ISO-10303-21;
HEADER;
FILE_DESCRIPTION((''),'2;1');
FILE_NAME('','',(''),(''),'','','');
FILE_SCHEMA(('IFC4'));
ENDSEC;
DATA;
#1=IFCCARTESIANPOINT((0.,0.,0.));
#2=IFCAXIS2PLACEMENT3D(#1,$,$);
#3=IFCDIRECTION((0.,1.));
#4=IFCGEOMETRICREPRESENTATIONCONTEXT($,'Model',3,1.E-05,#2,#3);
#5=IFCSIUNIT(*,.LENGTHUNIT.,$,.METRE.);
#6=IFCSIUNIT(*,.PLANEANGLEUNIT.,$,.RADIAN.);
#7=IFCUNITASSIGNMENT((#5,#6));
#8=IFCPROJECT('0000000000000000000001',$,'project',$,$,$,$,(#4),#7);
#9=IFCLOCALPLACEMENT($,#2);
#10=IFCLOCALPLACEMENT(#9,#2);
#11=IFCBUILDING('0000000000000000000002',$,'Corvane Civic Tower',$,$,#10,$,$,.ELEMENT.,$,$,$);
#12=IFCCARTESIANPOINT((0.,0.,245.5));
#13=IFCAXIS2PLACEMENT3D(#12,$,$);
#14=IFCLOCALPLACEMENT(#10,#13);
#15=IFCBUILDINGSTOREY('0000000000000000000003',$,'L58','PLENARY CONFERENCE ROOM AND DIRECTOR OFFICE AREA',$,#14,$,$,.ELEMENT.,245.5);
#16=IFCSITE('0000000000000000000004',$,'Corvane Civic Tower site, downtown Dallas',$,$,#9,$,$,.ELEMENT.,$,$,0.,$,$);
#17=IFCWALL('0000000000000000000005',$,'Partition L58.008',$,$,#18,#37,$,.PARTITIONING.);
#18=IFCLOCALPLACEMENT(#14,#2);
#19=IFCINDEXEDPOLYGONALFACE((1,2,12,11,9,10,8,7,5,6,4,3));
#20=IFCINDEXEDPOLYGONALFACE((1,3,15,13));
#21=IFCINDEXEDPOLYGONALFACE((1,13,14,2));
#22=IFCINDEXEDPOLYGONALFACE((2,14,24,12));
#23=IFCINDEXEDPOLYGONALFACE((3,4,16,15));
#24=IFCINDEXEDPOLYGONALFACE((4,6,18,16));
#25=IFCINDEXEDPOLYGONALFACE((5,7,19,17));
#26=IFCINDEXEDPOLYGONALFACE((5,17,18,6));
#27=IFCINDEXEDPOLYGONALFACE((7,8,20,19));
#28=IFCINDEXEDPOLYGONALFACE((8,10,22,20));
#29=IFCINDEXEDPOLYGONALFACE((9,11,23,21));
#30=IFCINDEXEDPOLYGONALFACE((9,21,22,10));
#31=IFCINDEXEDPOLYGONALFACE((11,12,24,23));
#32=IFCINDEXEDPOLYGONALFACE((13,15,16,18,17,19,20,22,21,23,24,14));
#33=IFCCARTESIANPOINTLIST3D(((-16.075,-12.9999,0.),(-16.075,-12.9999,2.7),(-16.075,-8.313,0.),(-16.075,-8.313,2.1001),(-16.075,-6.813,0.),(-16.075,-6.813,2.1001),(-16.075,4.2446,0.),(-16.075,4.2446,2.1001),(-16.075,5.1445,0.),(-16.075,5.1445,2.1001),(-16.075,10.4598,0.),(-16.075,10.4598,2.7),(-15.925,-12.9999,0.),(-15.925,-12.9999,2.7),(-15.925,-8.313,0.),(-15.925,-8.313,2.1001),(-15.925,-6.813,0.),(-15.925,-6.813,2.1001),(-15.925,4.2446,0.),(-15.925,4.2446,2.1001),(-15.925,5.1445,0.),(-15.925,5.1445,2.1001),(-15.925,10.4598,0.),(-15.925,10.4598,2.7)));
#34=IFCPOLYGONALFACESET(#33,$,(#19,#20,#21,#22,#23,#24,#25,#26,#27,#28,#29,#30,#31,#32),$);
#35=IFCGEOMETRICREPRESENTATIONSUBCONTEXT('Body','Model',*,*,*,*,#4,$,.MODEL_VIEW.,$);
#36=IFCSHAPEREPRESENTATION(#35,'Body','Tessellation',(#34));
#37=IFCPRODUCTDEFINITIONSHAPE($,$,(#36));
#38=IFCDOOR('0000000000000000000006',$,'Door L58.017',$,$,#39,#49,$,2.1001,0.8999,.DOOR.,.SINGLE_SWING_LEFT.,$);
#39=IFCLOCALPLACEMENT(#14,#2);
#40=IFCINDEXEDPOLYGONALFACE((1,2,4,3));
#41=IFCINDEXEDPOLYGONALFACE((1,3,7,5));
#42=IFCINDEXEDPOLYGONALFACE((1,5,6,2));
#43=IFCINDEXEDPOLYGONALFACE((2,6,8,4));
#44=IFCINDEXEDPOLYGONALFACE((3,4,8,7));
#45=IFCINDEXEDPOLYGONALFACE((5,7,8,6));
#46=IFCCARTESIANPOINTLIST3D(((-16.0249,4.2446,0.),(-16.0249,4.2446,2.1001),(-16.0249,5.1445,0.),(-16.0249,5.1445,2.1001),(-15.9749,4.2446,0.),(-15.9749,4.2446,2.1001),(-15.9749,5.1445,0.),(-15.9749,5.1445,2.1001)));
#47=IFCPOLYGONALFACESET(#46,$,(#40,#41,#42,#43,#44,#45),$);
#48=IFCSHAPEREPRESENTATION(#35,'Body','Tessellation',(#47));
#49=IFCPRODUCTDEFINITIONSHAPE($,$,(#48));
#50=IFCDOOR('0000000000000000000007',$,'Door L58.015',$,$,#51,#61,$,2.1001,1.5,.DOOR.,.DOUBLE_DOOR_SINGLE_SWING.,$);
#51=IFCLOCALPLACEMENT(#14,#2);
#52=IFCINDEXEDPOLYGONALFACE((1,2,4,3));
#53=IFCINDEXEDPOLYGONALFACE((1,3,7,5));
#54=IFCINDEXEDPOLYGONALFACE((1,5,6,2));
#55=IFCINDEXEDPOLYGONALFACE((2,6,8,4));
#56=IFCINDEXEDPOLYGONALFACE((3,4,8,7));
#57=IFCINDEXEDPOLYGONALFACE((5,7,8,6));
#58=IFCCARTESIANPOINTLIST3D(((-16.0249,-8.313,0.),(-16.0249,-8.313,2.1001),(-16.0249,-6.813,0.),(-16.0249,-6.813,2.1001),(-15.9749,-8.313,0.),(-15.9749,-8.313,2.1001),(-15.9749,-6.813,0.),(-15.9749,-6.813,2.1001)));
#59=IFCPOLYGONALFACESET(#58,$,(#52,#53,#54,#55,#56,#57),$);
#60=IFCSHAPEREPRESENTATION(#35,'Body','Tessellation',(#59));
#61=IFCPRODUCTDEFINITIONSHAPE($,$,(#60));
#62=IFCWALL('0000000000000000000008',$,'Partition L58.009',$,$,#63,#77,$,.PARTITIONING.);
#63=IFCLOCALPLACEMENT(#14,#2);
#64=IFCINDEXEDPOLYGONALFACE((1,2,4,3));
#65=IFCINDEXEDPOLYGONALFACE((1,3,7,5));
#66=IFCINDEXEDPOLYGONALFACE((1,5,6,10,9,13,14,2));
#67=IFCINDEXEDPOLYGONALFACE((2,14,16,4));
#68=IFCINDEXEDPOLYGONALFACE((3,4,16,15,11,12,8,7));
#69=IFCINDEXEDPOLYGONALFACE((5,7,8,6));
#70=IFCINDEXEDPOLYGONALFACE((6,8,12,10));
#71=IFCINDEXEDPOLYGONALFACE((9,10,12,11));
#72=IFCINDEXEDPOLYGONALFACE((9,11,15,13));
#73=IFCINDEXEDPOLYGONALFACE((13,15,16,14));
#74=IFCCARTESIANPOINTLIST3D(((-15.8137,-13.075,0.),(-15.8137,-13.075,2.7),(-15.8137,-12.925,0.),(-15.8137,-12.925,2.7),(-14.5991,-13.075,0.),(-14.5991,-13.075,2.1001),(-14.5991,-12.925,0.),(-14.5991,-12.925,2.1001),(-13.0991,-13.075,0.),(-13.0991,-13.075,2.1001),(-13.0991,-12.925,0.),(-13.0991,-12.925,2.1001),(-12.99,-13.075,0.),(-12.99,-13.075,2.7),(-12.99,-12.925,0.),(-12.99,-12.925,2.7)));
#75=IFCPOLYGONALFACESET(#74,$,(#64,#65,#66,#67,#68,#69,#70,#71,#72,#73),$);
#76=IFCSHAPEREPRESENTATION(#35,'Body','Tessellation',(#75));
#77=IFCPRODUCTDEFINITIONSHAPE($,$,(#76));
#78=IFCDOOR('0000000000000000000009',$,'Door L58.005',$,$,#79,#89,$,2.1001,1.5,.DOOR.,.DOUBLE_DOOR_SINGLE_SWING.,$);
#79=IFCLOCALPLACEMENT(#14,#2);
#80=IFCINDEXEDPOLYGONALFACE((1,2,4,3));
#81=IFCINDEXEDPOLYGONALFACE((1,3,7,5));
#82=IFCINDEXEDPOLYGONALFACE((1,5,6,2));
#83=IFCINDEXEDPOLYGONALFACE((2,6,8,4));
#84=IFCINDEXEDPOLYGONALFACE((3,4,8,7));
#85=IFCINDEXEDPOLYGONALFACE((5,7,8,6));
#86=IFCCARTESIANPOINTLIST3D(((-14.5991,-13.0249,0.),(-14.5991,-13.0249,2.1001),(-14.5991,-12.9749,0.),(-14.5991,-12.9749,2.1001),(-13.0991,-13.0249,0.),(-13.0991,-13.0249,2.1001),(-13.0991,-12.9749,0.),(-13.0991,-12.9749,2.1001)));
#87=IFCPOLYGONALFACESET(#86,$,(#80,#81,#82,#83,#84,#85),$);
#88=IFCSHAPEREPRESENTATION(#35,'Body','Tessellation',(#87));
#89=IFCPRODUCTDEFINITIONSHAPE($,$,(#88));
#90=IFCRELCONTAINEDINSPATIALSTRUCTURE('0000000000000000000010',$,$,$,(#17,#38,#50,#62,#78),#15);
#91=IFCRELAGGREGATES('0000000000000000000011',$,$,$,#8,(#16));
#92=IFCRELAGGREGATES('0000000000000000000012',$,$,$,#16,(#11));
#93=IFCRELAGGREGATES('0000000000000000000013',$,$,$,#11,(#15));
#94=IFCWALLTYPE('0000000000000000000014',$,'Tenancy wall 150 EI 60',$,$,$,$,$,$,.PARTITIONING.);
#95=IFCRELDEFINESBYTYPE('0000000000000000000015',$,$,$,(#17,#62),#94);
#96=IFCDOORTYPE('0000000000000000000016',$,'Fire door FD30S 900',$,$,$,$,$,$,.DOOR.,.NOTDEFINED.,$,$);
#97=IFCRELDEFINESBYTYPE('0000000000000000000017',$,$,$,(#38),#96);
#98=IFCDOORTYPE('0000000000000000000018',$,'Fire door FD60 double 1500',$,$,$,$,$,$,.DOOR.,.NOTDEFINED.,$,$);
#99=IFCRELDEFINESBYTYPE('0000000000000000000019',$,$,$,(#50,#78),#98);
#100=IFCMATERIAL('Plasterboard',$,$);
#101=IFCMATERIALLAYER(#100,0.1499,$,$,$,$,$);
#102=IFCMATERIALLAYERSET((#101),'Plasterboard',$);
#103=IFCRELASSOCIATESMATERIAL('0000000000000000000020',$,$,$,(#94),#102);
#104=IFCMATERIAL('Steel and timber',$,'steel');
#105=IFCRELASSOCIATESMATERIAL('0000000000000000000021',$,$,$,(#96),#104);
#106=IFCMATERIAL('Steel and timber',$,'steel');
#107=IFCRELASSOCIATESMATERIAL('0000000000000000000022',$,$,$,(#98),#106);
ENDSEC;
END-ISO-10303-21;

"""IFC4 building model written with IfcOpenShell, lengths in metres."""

from ifc_helpers import new_model, si_unit, direction, frame, frame_2d, origin, place, context, subcontext, project, spatial, rectangle, extrude, material, layer, layer_set, type_object, element, fill, save


model = new_model("IFC4")

# Units and contexts
model_context = context("Model", 3, precision=1e-05, world=origin(), true_north=direction((0.0, 1.0)))
body_context = subcontext(model_context, "Body", "Model", "MODEL_VIEW")
ifc_project = project(units=[si_unit("LENGTHUNIT", "METRE"), si_unit("PLANEANGLEUNIT", "RADIAN")], contexts=[model_context])

# Site, building, storey
site_placement = place(None, origin())
site = spatial("IfcSite", under=ifc_project, at=site_placement, Name="Corvane Civic Tower site, downtown Dallas", CompositionType="ELEMENT", RefElevation=0.0)
building_placement = place(site_placement, origin())
building = spatial("IfcBuilding", under=site, at=building_placement, Name="Corvane Civic Tower", CompositionType="ELEMENT")
storey_placement = place(building_placement, frame((0.0, 0.0, 245.5)))
storey = spatial("IfcBuildingStorey", under=building, at=storey_placement, Name="L58", Description="PLENARY CONFERENCE ROOM AND DIRECTOR OFFICE AREA", CompositionType="ELEMENT", Elevation=245.5)

# Wall, openings, doors
ifc_material_1 = material(Name="Plasterboard")
ifc_layer_1 = layer(ifc_material_1, 0.1499)
ifc_layer_set_1 = layer_set([ifc_layer_1], Name="Plasterboard")
wall_type_1 = type_object("IfcWallType", Name="Tenancy wall 150 EI 60", PredefinedType="PARTITIONING", material=ifc_layer_set_1)
wall_1_placement = place(storey_placement, frame((-16.0, -13.0, 0.0), z_axis=(0.0, 0.0, 1.0), x_axis=(0.0, 1.0, 0.0)))
wall_1 = element("IfcWall", 1, at=wall_1_placement, inside=storey, type_object=wall_type_1, Name="Partition L58.008", PredefinedType="PARTITIONING", context=body_context, shape_type="SweptSolid", body=[
    extrude(rectangle(XDim=23.4597, YDim=0.1499, at=frame_2d((11.73, 0.0))), origin(), (0.0, 0.0, 1.0), 2.7),
])
opening_1_placement = place(wall_1_placement, frame((4.687, 0.0, 0.0)))
opening_1 = element("IfcOpeningElement", 2, at=opening_1_placement, cuts=wall_1, PredefinedType="OPENING", context=body_context, shape_type="SweptSolid", body=[
    extrude(rectangle(XDim=1.5, YDim=2.1001, at=frame_2d((0.75, 1.05))), frame((0.0, 0.085, 0.0), z_axis=(0.0, -1.0, 0.0), x_axis=(1.0, 0.0, 0.0)), (0.0, 0.0, 1.0), 0.1699),
])
opening_2_placement = place(wall_1_placement, frame((17.2446, 0.0, 0.0)))
opening_2 = element("IfcOpeningElement", 3, at=opening_2_placement, cuts=wall_1, PredefinedType="OPENING", context=body_context, shape_type="SweptSolid", body=[
    extrude(rectangle(XDim=0.8999, YDim=2.1001, at=frame_2d((0.45, 1.05))), frame((0.0, 0.085, 0.0), z_axis=(0.0, -1.0, 0.0), x_axis=(1.0, 0.0, 0.0)), (0.0, 0.0, 1.0), 0.1699),
])
ifc_material_2 = material(Name="Steel and timber", Category="steel")
door_type_1 = type_object("IfcDoorType", Name="Fire door FD30S 900", OperationType="NOTDEFINED", PredefinedType="DOOR", material=ifc_material_2)
door_1_placement = place(opening_2_placement, origin())
door_1 = element("IfcDoor", 4, at=door_1_placement, inside=storey, type_object=door_type_1, Name="Door L58.017", OperationType="SINGLE_SWING_LEFT", OverallHeight=2.1001, OverallWidth=0.8999, PredefinedType="DOOR", context=body_context, shape_type="SweptSolid", body=[
    extrude(rectangle(XDim=0.8999, YDim=2.1001, at=frame_2d((0.45, 1.05))), frame((0.0, 0.0249, 0.0), z_axis=(0.0, -1.0, 0.0), x_axis=(1.0, 0.0, 0.0)), (0.0, 0.0, 1.0), 0.05),
])
fill(opening_2, door_1)
ifc_material_3 = material(Name="Steel and timber", Category="steel")
door_type_2 = type_object("IfcDoorType", Name="Fire door FD60 double 1500", OperationType="NOTDEFINED", PredefinedType="DOOR", material=ifc_material_3)
door_2_placement = place(opening_1_placement, origin())
door_2 = element("IfcDoor", 5, at=door_2_placement, inside=storey, type_object=door_type_2, Name="Door L58.015", OperationType="DOUBLE_DOOR_SINGLE_SWING", OverallHeight=2.1001, OverallWidth=1.5, PredefinedType="DOOR", context=body_context, shape_type="SweptSolid", body=[
    extrude(rectangle(XDim=1.5, YDim=2.1001, at=frame_2d((0.75, 1.05))), frame((0.0, 0.0249, 0.0), z_axis=(0.0, -1.0, 0.0), x_axis=(1.0, 0.0, 0.0)), (0.0, 0.0, 1.0), 0.05),
])
fill(opening_1, door_2)

# Wall, opening, door
wall_2_placement = place(storey_placement, frame((-15.8137, -13.0, 0.0), z_axis=(0.0, 0.0, 1.0), x_axis=(1.0, 0.0, 0.0)))
wall_2 = element("IfcWall", 6, at=wall_2_placement, inside=storey, type_object=wall_type_1, Name="Partition L58.009", PredefinedType="PARTITIONING", context=body_context, shape_type="SweptSolid", body=[
    extrude(rectangle(XDim=2.8237, YDim=0.1499, at=frame_2d((1.4119, 0.0))), origin(), (0.0, 0.0, 1.0), 2.7),
])
opening_3_placement = place(wall_2_placement, frame((1.2146, 0.0, 0.0)))
opening_3 = element("IfcOpeningElement", 7, at=opening_3_placement, cuts=wall_2, PredefinedType="OPENING", context=body_context, shape_type="SweptSolid", body=[
    extrude(rectangle(XDim=1.5, YDim=2.1001, at=frame_2d((0.75, 1.05))), frame((0.0, 0.085, 0.0), z_axis=(0.0, -1.0, 0.0), x_axis=(1.0, 0.0, 0.0)), (0.0, 0.0, 1.0), 0.1699),
])
door_3_placement = place(opening_3_placement, frame((1.5, 0.0, 0.0), z_axis=(0.0, 0.0, 1.0), x_axis=(-1.0, 0.0, 0.0)))
door_3 = element("IfcDoor", 8, at=door_3_placement, inside=storey, type_object=door_type_2, Name="Door L58.005", OperationType="DOUBLE_DOOR_SINGLE_SWING", OverallHeight=2.1001, OverallWidth=1.5, PredefinedType="DOOR", context=body_context, shape_type="SweptSolid", body=[
    extrude(rectangle(XDim=1.5, YDim=2.1001, at=frame_2d((0.75, 1.05))), frame((0.0, 0.0249, 0.0), z_axis=(0.0, -1.0, 0.0), x_axis=(1.0, 0.0, 0.0)), (0.0, 0.0, 1.0), 0.05),
])
fill(opening_3, door_3)

save(model, "model.ifc")
